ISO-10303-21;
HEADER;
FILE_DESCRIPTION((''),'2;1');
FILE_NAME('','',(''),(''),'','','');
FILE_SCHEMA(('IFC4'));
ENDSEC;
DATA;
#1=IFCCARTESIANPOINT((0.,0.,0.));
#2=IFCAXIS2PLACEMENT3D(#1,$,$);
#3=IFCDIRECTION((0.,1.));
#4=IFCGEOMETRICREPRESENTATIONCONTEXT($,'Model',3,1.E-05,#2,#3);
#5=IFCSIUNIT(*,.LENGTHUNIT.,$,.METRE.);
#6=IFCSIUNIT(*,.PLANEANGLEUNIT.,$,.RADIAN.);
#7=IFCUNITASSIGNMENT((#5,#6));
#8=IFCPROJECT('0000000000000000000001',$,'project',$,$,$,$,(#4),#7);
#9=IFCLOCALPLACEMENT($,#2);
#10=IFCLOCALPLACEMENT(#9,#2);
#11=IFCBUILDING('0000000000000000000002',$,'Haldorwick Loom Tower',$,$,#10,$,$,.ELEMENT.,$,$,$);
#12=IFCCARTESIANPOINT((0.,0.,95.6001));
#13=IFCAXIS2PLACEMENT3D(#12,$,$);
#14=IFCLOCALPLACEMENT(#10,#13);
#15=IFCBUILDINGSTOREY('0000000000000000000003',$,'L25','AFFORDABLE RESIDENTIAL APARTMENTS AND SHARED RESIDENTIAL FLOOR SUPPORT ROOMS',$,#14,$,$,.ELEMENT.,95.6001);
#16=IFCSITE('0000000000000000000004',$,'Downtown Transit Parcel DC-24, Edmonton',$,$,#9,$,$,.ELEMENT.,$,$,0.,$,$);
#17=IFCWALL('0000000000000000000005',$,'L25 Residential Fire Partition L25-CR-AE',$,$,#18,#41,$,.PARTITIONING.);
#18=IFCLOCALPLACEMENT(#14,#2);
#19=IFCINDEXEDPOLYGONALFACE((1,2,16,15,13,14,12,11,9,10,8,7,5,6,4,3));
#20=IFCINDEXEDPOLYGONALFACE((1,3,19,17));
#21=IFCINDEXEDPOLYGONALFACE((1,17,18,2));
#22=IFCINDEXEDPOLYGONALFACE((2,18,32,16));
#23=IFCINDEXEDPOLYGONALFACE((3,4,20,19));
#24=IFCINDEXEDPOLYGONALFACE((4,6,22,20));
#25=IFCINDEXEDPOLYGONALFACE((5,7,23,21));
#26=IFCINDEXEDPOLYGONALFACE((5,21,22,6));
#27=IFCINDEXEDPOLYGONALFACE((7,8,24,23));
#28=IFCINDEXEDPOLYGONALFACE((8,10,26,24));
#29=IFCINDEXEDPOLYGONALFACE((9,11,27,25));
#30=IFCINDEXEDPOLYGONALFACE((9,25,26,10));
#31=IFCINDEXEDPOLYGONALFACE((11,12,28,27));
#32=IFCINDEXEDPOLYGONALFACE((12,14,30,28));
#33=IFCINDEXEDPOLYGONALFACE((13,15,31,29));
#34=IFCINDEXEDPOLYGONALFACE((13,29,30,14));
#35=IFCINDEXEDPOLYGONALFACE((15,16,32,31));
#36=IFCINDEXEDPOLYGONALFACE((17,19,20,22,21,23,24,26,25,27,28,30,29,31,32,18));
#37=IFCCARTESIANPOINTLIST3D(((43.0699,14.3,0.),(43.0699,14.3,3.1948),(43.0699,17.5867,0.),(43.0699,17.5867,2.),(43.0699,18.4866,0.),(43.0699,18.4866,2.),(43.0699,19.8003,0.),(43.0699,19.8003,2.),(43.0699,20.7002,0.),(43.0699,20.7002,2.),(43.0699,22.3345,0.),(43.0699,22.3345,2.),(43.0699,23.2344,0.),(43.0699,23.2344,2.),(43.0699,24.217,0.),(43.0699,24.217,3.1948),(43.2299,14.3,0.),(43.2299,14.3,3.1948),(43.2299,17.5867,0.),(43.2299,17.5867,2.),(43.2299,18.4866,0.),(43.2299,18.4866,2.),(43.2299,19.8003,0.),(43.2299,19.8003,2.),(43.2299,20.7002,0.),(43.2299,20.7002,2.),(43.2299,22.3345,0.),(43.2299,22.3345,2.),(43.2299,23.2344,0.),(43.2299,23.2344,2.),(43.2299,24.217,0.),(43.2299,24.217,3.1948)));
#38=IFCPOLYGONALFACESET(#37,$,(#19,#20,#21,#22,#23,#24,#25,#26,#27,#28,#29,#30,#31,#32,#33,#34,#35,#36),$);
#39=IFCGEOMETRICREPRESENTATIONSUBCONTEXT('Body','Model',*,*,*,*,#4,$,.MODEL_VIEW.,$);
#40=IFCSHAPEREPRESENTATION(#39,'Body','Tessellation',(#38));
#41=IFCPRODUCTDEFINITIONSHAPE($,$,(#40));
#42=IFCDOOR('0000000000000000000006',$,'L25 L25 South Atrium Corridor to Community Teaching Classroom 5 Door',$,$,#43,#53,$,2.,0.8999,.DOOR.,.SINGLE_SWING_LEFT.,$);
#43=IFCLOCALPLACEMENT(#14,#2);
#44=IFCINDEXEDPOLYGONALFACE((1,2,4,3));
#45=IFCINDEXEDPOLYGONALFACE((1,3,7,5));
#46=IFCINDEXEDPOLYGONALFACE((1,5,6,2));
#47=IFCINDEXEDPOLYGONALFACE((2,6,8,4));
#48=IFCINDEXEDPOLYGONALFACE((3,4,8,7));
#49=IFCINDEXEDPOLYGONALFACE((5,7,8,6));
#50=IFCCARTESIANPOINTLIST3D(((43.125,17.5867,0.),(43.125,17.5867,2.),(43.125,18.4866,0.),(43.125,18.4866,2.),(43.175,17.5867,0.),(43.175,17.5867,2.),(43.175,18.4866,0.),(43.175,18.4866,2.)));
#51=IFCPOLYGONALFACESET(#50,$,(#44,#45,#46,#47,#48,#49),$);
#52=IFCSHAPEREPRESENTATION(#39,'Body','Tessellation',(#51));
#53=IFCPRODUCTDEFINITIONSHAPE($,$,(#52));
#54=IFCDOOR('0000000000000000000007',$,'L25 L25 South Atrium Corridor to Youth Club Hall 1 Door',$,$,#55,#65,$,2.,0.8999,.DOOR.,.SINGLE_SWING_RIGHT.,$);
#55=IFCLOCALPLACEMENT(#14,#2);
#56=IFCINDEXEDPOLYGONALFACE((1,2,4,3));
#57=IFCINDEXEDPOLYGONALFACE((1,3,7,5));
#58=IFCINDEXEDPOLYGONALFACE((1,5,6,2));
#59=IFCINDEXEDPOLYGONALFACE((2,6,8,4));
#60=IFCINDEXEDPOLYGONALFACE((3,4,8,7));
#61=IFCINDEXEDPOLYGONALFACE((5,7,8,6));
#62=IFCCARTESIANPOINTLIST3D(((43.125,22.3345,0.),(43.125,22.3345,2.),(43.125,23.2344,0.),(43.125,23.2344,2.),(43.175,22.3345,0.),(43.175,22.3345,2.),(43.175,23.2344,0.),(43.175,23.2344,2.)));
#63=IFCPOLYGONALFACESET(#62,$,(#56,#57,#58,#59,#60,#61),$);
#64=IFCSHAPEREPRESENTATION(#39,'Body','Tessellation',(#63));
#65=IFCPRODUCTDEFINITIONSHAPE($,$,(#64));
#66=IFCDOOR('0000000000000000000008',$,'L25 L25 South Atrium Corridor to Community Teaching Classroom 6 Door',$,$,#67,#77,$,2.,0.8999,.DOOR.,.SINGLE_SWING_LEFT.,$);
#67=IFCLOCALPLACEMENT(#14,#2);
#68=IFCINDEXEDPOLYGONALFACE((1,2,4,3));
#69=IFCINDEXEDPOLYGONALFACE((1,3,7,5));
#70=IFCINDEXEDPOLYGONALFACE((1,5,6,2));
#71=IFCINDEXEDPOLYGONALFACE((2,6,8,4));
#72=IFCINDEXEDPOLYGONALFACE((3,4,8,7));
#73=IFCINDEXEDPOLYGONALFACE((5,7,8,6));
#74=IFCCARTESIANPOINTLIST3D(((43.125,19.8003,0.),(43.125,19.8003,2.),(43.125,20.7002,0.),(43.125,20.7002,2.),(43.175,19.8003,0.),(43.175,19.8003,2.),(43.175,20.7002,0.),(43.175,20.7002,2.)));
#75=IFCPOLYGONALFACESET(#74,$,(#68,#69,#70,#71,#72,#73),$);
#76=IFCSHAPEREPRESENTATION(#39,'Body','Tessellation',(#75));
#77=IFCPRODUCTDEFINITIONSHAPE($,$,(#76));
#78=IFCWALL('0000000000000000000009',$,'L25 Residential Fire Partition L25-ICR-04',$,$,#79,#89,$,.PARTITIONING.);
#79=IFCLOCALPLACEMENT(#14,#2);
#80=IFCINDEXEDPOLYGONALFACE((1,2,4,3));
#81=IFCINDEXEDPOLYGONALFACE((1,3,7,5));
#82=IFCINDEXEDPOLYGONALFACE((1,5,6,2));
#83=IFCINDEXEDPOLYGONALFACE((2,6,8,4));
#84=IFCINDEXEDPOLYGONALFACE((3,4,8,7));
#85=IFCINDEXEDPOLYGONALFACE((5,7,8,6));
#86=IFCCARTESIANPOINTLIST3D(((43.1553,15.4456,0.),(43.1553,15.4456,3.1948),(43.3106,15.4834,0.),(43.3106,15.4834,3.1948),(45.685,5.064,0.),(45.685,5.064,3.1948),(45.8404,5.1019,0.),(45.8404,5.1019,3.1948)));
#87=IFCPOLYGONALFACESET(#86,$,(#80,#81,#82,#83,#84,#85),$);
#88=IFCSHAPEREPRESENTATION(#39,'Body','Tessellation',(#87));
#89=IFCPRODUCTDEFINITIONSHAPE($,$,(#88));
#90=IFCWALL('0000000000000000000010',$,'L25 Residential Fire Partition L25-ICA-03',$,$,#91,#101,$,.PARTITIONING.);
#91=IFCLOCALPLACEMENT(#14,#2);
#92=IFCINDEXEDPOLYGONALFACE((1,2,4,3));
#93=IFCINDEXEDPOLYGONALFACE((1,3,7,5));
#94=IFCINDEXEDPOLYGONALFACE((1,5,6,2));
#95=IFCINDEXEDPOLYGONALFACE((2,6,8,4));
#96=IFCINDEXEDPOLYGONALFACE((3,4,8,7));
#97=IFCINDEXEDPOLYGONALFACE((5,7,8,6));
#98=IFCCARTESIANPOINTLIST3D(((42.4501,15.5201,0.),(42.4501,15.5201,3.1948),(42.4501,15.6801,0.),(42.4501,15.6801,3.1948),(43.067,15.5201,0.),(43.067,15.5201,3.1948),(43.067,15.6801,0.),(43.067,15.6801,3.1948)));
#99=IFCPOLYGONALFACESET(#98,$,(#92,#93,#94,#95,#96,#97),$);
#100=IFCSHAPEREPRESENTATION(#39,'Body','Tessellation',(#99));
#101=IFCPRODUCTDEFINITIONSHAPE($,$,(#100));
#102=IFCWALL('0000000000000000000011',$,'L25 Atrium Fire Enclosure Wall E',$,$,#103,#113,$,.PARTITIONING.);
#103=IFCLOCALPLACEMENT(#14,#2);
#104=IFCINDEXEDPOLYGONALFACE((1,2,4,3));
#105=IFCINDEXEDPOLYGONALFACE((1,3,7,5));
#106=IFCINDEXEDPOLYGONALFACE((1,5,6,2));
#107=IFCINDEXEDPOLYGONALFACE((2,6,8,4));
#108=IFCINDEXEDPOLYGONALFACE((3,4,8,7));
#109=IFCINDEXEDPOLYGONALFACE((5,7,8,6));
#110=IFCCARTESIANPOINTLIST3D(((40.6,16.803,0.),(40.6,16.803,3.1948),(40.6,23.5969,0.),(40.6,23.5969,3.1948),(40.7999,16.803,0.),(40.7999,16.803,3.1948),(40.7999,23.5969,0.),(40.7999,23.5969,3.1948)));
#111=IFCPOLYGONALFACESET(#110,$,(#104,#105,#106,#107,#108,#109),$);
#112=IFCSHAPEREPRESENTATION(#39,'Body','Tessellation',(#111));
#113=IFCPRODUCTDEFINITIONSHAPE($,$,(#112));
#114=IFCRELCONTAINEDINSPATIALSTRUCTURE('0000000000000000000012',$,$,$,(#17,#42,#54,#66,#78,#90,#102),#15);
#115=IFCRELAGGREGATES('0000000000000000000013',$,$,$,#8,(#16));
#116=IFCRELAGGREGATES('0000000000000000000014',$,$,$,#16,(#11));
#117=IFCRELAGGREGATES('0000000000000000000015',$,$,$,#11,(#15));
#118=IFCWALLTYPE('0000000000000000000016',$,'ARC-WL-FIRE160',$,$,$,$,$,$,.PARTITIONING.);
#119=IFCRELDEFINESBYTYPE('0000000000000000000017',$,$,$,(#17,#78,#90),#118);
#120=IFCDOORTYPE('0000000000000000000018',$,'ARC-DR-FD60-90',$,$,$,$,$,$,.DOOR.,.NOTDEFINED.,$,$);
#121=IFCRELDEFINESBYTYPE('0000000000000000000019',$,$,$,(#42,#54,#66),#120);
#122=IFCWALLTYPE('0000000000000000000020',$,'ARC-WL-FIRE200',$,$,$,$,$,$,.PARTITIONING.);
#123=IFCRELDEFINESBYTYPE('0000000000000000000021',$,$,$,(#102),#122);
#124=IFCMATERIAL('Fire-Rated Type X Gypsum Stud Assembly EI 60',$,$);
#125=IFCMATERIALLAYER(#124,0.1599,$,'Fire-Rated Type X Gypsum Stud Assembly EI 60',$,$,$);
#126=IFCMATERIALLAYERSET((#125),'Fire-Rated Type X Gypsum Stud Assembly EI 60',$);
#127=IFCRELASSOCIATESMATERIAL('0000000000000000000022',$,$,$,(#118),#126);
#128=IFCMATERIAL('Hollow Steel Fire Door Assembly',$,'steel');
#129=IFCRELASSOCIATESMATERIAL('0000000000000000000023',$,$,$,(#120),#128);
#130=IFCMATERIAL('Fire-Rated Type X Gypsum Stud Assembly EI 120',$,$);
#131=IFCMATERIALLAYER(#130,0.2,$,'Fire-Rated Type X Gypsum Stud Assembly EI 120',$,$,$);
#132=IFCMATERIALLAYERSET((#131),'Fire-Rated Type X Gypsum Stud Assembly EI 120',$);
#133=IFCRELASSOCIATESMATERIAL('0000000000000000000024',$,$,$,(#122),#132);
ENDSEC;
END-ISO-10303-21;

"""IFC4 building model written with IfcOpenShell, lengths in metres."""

from ifc_helpers import new_model, si_unit, direction, frame, frame_2d, origin, place, context, subcontext, project, spatial, rectangle, extrude, material, layer, layer_set, type_object, element, fill, save


model = new_model("IFC4")

# Units and contexts
model_context = context("Model", 3, precision=1e-05, world=origin(), true_north=direction((0.0, 1.0)))
body_context = subcontext(model_context, "Body", "Model", "MODEL_VIEW")
ifc_project = project(units=[si_unit("LENGTHUNIT", "METRE"), si_unit("PLANEANGLEUNIT", "RADIAN")], contexts=[model_context])

# Site, building, storey
site_placement = place(None, origin())
site = spatial("IfcSite", under=ifc_project, at=site_placement, Name="Downtown Transit Parcel DC-24, Edmonton", CompositionType="ELEMENT", RefElevation=0.0)
building_placement = place(site_placement, origin())
building = spatial("IfcBuilding", under=site, at=building_placement, Name="Haldorwick Loom Tower", CompositionType="ELEMENT")
storey_placement = place(building_placement, frame((0.0, 0.0, 95.6001)))
storey = spatial("IfcBuildingStorey", under=building, at=storey_placement, Name="L25", Description="AFFORDABLE RESIDENTIAL APARTMENTS AND SHARED RESIDENTIAL FLOOR SUPPORT ROOMS", CompositionType="ELEMENT", Elevation=95.6001)

# Wall, openings, doors
ifc_material_1 = material(Name="Fire-Rated Type X Gypsum Stud Assembly EI 60")
ifc_layer_1 = layer(ifc_material_1, 0.1599, Name="Fire-Rated Type X Gypsum Stud Assembly EI 60")
ifc_layer_set_1 = layer_set([ifc_layer_1], Name="Fire-Rated Type X Gypsum Stud Assembly EI 60")
wall_type_1 = type_object("IfcWallType", Name="ARC-WL-FIRE160", PredefinedType="PARTITIONING", material=ifc_layer_set_1)
wall_1_placement = place(storey_placement, frame((43.1499, 14.3, 0.0), z_axis=(0.0, 0.0, 1.0), x_axis=(0.0, 1.0, 0.0)))
wall_1 = element("IfcWall", 1, at=wall_1_placement, inside=storey, type_object=wall_type_1, Name="L25 Residential Fire Partition L25-CR-AE", PredefinedType="PARTITIONING", context=body_context, shape_type="SweptSolid", body=[
    extrude(rectangle(XDim=9.917, YDim=0.1599, at=frame_2d((4.9585, 0.0))), origin(), (0.0, 0.0, 1.0), 3.1948),
])
opening_1_placement = place(wall_1_placement, frame((3.2866, 0.0, 0.0)))
opening_1 = element("IfcOpeningElement", 2, at=opening_1_placement, cuts=wall_1, PredefinedType="OPENING", context=body_context, shape_type="SweptSolid", body=[
    extrude(rectangle(XDim=0.8999, YDim=2.0, at=frame_2d((0.45, 1.0))), frame((0.0, 0.0898, 0.0), z_axis=(0.0, -1.0, 0.0), x_axis=(1.0, 0.0, 0.0)), (0.0, 0.0, 1.0), 0.1799),
])
opening_2_placement = place(wall_1_placement, frame((8.0344, 0.0, 0.0)))
opening_2 = element("IfcOpeningElement", 3, at=opening_2_placement, cuts=wall_1, PredefinedType="OPENING", context=body_context, shape_type="SweptSolid", body=[
    extrude(rectangle(XDim=0.8999, YDim=2.0, at=frame_2d((0.45, 1.0))), frame((0.0, 0.0898, 0.0), z_axis=(0.0, -1.0, 0.0), x_axis=(1.0, 0.0, 0.0)), (0.0, 0.0, 1.0), 0.1799),
])
opening_3_placement = place(wall_1_placement, frame((5.5002, 0.0, 0.0)))
opening_3 = element("IfcOpeningElement", 4, at=opening_3_placement, cuts=wall_1, PredefinedType="OPENING", context=body_context, shape_type="SweptSolid", body=[
    extrude(rectangle(XDim=0.8999, YDim=2.0, at=frame_2d((0.45, 1.0))), frame((0.0, 0.0898, 0.0), z_axis=(0.0, -1.0, 0.0), x_axis=(1.0, 0.0, 0.0)), (0.0, 0.0, 1.0), 0.1799),
])
ifc_material_2 = material(Name="Hollow Steel Fire Door Assembly", Category="steel")
door_type = type_object("IfcDoorType", Name="ARC-DR-FD60-90", OperationType="NOTDEFINED", PredefinedType="DOOR", material=ifc_material_2)
door_1_placement = place(opening_1_placement, origin())
door_1 = element("IfcDoor", 5, at=door_1_placement, inside=storey, type_object=door_type, Name="L25 L25 South Atrium Corridor to Community Teaching Classroom 5 Door", OperationType="SINGLE_SWING_LEFT", OverallHeight=2.0, OverallWidth=0.8999, PredefinedType="DOOR", context=body_context, shape_type="SweptSolid", body=[
    extrude(rectangle(XDim=0.8999, YDim=2.0, at=frame_2d((0.45, 1.0))), frame((0.0, 0.0249, 0.0), z_axis=(0.0, -1.0, 0.0), x_axis=(1.0, 0.0, 0.0)), (0.0, 0.0, 1.0), 0.05),
])
fill(opening_1, door_1)
door_2_placement = place(opening_2_placement, origin())
door_2 = element("IfcDoor", 6, at=door_2_placement, inside=storey, type_object=door_type, Name="L25 L25 South Atrium Corridor to Youth Club Hall 1 Door", OperationType="SINGLE_SWING_RIGHT", OverallHeight=2.0, OverallWidth=0.8999, PredefinedType="DOOR", context=body_context, shape_type="SweptSolid", body=[
    extrude(rectangle(XDim=0.8999, YDim=2.0, at=frame_2d((0.45, 1.0))), frame((0.0, 0.0249, 0.0), z_axis=(0.0, -1.0, 0.0), x_axis=(1.0, 0.0, 0.0)), (0.0, 0.0, 1.0), 0.05),
])
fill(opening_2, door_2)
door_3_placement = place(opening_3_placement, origin())
door_3 = element("IfcDoor", 7, at=door_3_placement, inside=storey, type_object=door_type, Name="L25 L25 South Atrium Corridor to Community Teaching Classroom 6 Door", OperationType="SINGLE_SWING_LEFT", OverallHeight=2.0, OverallWidth=0.8999, PredefinedType="DOOR", context=body_context, shape_type="SweptSolid", body=[
    extrude(rectangle(XDim=0.8999, YDim=2.0, at=frame_2d((0.45, 1.0))), frame((0.0, 0.0249, 0.0), z_axis=(0.0, -1.0, 0.0), x_axis=(1.0, 0.0, 0.0)), (0.0, 0.0, 1.0), 0.05),
])
fill(opening_3, door_3)

# Walls
wall_2_placement = place(storey_placement, frame((43.2329, 15.4646, 0.0), z_axis=(0.0, 0.0, 1.0), x_axis=(0.236752, -0.97157, 0.0)))
element("IfcWall", 8, at=wall_2_placement, inside=storey, type_object=wall_type_1, Name="L25 Residential Fire Partition L25-ICR-04", PredefinedType="PARTITIONING", context=body_context, shape_type="SweptSolid", body=[
    extrude(rectangle(XDim=10.6853, YDim=0.1599, at=frame_2d((5.3428, 0.0))), origin(), (0.0, 0.0, 1.0), 3.1948),
])
wall_3_placement = place(storey_placement, frame((42.45, 15.6001, 0.0), z_axis=(0.0, 0.0, 1.0), x_axis=(1.0, 0.0, 0.0)))
element("IfcWall", 9, at=wall_3_placement, inside=storey, type_object=wall_type_1, Name="L25 Residential Fire Partition L25-ICA-03", PredefinedType="PARTITIONING", context=body_context, shape_type="SweptSolid", body=[
    extrude(rectangle(XDim=0.6169, YDim=0.1599, at=frame_2d((0.3086, 0.0))), origin(), (0.0, 0.0, 1.0), 3.1948),
])
ifc_material_3 = material(Name="Fire-Rated Type X Gypsum Stud Assembly EI 120")
ifc_layer_2 = layer(ifc_material_3, 0.2, Name="Fire-Rated Type X Gypsum Stud Assembly EI 120")
ifc_layer_set_2 = layer_set([ifc_layer_2], Name="Fire-Rated Type X Gypsum Stud Assembly EI 120")
wall_type_2 = type_object("IfcWallType", Name="ARC-WL-FIRE200", PredefinedType="PARTITIONING", material=ifc_layer_set_2)
wall_4_placement = place(storey_placement, frame((40.7, 23.5969, 0.0), z_axis=(0.0, 0.0, 1.0), x_axis=(0.0, -1.0, 0.0)))
element("IfcWall", 10, at=wall_4_placement, inside=storey, type_object=wall_type_2, Name="L25 Atrium Fire Enclosure Wall E", PredefinedType="PARTITIONING", context=body_context, shape_type="SweptSolid", body=[
    extrude(rectangle(XDim=6.7939, YDim=0.2, at=frame_2d((3.397, 0.0))), origin(), (0.0, 0.0, 1.0), 3.1948),
])

save(model, "model.ifc")
